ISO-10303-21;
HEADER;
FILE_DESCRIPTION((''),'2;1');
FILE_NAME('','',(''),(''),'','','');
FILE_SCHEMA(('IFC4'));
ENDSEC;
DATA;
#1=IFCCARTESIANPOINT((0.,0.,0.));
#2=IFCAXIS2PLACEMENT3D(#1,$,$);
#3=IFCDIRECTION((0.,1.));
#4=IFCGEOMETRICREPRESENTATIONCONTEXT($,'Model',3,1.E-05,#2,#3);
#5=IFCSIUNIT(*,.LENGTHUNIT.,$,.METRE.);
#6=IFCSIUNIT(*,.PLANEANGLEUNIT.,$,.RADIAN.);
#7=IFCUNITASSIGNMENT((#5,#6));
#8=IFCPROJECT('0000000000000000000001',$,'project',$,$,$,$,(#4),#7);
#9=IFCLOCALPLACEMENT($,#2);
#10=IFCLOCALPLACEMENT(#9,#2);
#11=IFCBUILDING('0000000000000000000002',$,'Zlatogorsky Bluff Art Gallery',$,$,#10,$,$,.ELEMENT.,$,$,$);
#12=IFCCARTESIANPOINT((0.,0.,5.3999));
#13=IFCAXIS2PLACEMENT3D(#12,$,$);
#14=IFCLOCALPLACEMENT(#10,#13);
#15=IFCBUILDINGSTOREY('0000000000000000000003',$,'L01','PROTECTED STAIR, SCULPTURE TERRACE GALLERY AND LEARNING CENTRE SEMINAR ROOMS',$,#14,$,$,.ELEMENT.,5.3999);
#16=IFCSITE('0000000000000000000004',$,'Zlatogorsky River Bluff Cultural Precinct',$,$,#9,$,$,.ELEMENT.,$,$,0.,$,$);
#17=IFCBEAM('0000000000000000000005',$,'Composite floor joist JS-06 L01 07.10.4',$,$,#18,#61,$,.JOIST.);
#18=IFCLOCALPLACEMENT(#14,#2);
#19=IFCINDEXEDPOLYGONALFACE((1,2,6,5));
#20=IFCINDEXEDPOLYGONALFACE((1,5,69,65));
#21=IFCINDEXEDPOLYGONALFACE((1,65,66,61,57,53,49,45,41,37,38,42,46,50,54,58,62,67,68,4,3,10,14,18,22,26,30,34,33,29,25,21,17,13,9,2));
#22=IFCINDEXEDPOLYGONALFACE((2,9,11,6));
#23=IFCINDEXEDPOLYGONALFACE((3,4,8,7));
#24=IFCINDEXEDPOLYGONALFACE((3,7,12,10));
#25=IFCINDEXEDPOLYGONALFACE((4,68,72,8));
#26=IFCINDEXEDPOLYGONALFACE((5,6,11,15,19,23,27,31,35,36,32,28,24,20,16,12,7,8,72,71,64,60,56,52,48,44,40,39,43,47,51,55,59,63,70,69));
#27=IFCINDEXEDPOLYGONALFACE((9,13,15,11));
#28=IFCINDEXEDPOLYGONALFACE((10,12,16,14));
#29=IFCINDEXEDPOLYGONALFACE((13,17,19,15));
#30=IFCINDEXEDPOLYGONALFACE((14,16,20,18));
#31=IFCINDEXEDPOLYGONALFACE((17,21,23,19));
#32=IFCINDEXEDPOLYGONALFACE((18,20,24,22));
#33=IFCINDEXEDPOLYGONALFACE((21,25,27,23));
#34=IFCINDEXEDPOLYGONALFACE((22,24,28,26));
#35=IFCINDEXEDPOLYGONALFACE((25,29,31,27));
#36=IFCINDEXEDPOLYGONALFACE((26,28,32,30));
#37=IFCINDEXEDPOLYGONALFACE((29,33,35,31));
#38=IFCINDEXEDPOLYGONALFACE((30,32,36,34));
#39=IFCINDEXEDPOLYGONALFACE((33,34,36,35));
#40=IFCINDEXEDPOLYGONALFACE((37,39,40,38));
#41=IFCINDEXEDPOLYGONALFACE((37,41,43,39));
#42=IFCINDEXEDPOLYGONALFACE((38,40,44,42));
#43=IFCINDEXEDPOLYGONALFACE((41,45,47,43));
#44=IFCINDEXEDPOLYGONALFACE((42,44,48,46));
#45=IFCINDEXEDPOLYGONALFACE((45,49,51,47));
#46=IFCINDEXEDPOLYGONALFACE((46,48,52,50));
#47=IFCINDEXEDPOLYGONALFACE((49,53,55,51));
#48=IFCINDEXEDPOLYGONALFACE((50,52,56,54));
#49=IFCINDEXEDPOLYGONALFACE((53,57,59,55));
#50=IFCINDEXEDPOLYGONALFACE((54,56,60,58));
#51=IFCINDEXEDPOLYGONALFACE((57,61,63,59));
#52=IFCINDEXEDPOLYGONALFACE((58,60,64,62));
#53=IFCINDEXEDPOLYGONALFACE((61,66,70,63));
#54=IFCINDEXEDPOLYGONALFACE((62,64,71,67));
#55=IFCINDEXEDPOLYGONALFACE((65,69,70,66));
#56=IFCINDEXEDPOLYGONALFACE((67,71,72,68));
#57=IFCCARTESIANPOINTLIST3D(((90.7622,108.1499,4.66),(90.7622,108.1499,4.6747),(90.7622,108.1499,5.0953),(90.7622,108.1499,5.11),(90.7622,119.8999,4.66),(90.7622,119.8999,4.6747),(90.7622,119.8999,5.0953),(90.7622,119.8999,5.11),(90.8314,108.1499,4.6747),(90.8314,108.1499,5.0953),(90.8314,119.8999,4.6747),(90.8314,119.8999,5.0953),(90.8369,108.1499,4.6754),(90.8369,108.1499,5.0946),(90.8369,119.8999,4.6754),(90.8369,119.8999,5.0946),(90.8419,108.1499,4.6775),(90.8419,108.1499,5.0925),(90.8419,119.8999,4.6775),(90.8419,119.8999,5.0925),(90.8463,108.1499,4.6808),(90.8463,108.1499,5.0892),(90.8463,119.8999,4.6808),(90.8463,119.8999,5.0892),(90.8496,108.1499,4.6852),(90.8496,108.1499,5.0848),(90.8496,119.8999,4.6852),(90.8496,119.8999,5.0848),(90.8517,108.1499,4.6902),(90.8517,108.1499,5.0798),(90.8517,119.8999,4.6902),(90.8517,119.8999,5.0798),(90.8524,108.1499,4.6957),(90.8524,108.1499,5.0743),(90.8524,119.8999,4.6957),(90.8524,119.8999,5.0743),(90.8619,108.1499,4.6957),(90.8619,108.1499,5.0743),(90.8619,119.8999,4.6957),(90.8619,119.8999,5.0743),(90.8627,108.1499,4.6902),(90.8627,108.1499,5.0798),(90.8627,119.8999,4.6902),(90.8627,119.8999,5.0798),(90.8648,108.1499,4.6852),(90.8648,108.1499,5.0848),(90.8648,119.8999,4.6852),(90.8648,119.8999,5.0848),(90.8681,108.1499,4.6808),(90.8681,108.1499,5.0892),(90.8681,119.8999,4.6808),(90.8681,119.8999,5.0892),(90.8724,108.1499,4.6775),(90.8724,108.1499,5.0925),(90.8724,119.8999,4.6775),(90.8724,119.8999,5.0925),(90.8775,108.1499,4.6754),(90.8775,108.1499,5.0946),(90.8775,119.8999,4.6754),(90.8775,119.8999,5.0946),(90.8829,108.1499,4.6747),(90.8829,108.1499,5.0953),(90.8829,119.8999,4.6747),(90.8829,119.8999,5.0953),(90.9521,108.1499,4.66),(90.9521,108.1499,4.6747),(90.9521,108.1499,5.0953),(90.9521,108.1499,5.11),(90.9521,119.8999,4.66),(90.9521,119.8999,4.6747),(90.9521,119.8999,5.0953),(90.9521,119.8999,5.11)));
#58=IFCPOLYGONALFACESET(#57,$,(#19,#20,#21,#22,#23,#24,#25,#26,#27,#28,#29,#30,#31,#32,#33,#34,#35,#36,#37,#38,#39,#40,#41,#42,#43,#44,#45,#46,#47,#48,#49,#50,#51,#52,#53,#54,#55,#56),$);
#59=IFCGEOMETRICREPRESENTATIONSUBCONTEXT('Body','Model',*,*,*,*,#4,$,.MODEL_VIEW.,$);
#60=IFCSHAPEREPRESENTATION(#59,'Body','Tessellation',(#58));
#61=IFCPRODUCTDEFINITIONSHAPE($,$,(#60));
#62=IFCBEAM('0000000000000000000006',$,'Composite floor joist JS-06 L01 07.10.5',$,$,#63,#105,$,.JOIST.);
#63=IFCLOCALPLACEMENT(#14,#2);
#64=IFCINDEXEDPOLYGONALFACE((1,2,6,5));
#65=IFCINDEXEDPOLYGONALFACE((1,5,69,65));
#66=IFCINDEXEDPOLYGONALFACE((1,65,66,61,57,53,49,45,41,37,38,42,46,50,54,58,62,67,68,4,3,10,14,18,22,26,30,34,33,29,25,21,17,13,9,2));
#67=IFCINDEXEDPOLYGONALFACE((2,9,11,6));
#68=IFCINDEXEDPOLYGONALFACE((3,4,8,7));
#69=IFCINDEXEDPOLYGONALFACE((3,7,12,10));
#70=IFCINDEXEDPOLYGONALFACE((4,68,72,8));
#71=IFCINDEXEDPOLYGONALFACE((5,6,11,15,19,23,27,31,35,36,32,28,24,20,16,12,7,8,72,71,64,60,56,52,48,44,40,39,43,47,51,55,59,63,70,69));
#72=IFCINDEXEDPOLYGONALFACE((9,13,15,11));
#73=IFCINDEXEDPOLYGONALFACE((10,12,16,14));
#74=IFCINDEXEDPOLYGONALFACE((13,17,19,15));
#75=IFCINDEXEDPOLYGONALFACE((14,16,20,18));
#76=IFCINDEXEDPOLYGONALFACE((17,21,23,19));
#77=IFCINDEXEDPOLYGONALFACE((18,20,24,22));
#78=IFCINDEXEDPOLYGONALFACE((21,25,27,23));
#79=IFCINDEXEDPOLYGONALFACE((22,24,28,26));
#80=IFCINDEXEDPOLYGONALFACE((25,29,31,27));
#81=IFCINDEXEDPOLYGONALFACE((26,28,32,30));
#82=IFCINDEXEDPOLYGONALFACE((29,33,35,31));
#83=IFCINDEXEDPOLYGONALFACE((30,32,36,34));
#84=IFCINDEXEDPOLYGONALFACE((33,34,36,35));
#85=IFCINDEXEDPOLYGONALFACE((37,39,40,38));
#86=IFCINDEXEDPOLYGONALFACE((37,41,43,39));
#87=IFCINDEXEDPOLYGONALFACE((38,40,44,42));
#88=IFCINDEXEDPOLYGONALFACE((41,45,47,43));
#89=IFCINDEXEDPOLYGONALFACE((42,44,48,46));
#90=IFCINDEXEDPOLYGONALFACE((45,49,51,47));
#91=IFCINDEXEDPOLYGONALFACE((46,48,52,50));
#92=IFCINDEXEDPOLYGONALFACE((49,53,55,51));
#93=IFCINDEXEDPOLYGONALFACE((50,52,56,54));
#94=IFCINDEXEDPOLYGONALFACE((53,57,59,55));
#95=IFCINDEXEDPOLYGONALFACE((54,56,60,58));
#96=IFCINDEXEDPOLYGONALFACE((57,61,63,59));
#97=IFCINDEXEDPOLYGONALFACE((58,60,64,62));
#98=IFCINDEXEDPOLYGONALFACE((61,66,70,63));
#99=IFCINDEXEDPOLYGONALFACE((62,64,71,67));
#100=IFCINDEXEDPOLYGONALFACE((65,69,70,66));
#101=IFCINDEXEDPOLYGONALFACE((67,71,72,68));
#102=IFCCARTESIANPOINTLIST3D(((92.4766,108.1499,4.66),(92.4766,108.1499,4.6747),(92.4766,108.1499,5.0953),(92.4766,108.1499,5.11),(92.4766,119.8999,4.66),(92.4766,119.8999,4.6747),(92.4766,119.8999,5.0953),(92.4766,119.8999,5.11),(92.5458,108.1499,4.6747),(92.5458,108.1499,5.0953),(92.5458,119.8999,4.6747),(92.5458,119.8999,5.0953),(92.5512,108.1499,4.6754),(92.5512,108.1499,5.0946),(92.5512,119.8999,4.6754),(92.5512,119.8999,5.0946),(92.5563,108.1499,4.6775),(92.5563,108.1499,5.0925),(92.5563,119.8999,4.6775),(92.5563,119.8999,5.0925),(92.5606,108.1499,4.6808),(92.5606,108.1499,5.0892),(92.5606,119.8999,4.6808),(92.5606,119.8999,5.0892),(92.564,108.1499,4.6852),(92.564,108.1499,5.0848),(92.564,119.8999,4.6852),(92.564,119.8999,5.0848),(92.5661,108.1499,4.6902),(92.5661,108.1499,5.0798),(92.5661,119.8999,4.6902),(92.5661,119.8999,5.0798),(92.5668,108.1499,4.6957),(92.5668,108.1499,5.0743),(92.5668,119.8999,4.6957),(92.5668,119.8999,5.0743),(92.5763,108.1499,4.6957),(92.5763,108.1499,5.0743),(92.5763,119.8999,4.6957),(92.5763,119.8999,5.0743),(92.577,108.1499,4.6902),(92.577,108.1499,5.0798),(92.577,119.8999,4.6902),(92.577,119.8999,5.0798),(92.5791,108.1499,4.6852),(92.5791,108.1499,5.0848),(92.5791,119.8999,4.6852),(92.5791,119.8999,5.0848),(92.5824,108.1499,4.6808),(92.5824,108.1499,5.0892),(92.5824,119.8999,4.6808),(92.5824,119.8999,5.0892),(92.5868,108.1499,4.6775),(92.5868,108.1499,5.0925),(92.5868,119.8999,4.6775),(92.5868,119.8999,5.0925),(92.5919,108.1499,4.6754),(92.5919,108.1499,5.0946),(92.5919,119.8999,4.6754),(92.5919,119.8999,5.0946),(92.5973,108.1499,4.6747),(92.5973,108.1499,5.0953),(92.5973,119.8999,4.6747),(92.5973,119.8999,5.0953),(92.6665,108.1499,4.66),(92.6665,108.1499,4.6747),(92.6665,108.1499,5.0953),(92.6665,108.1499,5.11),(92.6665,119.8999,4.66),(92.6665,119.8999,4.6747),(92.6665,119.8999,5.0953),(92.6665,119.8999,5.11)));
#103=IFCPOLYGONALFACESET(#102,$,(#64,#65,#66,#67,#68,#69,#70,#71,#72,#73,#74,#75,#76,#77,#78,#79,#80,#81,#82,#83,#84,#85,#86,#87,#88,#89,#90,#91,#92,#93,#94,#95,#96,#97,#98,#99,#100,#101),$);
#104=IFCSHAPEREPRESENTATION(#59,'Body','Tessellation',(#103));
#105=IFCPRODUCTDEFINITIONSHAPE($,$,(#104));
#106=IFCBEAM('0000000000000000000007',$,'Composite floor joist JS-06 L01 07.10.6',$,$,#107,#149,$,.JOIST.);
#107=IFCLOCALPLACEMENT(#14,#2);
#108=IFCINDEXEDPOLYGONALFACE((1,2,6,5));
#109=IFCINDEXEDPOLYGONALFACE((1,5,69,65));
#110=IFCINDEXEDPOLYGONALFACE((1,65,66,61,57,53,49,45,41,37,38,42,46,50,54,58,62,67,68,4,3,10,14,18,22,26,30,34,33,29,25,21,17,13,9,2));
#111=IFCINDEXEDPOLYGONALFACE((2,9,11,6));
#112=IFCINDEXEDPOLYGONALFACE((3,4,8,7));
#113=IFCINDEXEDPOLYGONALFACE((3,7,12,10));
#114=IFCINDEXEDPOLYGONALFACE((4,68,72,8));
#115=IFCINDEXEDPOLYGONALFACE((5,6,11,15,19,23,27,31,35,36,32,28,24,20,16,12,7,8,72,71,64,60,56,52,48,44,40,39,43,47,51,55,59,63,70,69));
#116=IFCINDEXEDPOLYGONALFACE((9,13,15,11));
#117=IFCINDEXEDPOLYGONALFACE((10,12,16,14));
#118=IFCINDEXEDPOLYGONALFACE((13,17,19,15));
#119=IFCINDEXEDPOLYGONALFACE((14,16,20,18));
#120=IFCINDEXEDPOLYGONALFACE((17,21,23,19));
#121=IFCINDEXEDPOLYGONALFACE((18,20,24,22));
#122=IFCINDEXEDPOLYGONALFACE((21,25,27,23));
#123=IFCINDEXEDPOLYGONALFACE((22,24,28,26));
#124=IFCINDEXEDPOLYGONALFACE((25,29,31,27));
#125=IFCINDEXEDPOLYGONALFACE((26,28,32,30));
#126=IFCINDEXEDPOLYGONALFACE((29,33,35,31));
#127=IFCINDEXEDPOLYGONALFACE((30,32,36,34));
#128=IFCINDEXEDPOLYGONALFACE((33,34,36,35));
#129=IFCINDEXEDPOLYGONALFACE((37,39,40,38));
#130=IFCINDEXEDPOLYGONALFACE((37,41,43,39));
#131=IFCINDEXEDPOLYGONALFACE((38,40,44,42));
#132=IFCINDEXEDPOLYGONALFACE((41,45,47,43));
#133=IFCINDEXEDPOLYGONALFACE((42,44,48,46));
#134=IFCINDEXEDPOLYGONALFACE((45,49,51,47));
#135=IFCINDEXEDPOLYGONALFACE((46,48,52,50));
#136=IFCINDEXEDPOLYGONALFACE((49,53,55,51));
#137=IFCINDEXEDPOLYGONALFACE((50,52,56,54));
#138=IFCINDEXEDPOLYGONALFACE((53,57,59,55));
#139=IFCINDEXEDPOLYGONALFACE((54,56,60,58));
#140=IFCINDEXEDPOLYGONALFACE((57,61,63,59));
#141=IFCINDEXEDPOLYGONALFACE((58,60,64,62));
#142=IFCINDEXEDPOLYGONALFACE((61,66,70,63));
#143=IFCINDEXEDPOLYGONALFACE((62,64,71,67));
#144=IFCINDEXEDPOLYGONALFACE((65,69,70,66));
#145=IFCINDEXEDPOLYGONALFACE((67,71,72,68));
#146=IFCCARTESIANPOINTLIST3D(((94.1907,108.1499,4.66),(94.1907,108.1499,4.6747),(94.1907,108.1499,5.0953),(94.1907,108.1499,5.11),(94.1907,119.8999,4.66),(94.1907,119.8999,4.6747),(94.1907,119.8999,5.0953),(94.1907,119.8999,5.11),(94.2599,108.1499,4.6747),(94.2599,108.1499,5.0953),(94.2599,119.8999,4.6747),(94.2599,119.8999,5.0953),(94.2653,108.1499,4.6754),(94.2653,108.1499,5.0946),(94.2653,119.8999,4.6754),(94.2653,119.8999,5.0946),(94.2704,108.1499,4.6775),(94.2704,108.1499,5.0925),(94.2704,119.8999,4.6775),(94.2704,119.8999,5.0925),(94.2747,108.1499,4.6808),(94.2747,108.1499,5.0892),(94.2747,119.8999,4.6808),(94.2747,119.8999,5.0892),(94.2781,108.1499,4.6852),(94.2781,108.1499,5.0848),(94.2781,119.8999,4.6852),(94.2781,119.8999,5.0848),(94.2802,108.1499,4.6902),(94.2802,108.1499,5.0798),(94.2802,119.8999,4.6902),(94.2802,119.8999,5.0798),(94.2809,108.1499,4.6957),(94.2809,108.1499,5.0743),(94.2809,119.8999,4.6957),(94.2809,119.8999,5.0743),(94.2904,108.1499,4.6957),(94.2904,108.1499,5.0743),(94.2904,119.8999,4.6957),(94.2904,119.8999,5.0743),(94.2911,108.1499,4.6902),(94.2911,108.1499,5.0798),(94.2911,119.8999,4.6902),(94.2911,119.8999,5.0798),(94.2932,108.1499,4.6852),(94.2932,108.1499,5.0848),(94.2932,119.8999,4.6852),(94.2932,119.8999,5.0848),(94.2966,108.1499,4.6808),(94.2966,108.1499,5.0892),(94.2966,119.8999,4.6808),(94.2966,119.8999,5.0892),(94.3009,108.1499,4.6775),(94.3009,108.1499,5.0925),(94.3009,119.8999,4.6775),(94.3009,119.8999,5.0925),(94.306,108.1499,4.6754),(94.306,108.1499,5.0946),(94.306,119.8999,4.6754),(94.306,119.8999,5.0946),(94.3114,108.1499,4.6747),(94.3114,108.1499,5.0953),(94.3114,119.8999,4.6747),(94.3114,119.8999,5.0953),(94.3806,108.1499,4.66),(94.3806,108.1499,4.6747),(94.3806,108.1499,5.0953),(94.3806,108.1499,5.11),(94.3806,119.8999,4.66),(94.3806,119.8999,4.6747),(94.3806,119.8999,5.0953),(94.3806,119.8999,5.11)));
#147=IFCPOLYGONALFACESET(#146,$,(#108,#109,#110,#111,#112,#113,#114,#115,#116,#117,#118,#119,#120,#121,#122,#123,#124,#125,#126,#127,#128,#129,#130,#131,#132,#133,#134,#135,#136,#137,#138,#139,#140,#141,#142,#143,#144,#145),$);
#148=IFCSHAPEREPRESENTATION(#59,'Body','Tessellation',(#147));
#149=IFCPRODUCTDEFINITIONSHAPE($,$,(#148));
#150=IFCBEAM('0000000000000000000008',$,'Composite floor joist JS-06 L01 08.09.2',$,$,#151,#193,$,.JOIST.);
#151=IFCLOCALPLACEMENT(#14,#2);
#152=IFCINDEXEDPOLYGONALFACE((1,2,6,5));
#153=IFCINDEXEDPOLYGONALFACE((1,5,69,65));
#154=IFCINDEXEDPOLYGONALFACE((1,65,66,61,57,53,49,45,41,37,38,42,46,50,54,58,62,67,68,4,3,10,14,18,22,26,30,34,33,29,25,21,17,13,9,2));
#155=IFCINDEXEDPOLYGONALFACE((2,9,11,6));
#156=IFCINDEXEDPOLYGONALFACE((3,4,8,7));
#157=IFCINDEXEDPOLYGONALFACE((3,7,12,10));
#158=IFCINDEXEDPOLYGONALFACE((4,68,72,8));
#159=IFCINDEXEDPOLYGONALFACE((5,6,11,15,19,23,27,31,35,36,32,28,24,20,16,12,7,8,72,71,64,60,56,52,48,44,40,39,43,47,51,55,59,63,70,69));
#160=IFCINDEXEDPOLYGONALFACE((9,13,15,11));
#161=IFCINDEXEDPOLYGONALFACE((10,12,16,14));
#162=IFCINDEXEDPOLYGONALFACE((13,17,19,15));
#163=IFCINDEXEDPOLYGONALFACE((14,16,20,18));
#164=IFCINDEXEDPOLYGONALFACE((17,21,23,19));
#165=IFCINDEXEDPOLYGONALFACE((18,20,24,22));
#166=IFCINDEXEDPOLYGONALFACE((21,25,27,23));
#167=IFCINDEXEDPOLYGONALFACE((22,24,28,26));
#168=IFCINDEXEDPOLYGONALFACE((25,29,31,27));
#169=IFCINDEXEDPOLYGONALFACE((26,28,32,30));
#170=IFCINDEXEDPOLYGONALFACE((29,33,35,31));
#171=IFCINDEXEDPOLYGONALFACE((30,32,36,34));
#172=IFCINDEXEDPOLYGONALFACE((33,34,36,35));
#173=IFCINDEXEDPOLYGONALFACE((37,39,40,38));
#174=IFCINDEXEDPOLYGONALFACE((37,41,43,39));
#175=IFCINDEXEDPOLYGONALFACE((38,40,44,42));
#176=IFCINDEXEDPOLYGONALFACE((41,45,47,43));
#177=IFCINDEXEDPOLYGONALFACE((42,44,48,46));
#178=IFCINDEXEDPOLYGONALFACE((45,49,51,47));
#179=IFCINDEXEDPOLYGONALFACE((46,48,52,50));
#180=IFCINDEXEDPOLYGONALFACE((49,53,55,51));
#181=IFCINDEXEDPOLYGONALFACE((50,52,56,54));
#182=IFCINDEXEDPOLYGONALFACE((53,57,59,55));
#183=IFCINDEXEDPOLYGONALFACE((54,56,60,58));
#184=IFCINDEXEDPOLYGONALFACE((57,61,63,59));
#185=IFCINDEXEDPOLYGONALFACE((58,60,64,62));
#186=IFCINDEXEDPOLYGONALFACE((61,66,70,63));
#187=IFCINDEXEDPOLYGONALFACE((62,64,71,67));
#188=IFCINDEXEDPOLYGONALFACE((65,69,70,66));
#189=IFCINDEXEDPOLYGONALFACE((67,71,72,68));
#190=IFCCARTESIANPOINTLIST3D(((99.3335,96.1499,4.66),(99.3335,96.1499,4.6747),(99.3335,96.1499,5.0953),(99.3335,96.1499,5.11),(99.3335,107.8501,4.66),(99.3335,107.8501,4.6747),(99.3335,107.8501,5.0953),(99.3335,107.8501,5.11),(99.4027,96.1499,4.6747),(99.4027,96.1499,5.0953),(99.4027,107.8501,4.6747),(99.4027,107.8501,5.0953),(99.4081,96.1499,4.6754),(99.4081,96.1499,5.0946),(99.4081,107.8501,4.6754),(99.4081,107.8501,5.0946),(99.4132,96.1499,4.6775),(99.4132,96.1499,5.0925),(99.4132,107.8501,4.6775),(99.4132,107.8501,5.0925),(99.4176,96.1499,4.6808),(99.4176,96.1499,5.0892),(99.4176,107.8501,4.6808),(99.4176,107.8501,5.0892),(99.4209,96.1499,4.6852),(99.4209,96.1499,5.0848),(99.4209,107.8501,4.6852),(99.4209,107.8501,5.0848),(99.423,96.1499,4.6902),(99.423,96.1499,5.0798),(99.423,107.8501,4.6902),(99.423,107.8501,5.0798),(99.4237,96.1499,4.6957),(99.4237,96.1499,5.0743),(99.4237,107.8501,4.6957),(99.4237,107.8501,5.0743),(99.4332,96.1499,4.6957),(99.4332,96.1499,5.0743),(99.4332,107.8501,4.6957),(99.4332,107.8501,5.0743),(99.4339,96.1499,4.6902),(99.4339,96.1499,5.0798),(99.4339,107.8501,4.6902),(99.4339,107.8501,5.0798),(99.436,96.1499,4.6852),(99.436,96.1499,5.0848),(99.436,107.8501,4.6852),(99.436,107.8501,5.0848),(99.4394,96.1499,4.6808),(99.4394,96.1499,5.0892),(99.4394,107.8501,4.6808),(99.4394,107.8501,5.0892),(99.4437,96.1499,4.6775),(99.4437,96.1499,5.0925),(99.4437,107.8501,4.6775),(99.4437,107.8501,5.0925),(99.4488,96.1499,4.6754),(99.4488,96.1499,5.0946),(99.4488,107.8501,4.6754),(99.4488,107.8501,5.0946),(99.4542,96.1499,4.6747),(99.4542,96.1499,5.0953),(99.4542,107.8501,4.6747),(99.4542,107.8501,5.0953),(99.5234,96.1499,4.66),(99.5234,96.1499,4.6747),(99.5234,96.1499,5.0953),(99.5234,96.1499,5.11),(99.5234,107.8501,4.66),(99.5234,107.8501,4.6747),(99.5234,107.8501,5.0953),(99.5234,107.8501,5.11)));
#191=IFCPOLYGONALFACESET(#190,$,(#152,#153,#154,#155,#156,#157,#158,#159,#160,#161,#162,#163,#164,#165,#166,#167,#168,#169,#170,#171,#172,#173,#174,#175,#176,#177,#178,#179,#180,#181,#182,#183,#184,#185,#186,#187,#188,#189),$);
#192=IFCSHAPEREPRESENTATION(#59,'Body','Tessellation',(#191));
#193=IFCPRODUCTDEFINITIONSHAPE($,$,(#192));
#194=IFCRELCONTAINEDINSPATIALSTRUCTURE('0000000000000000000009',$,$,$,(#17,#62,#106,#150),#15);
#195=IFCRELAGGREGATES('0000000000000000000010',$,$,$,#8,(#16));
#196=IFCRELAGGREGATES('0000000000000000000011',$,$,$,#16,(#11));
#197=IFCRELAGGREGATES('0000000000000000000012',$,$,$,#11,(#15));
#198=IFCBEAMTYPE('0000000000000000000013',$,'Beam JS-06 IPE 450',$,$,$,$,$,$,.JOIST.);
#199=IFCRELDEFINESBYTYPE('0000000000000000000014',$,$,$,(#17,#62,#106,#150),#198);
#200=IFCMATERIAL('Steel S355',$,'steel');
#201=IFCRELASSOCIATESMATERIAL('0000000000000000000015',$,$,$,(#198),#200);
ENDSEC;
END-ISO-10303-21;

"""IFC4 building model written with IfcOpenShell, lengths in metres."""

from ifc_helpers import new_model, si_unit, direction, frame, origin, origin_2d, place, context, subcontext, project, spatial, i_section, extrude, material, material_profile, profile_set, type_object, element, save


model = new_model("IFC4")

# Units and contexts
model_context = context("Model", 3, precision=1e-05, world=origin(), true_north=direction((0.0, 1.0)))
body_context = subcontext(model_context, "Body", "Model", "MODEL_VIEW")
ifc_project = project(units=[si_unit("LENGTHUNIT", "METRE"), si_unit("PLANEANGLEUNIT", "RADIAN")], contexts=[model_context])

# Site, building, storey
site_placement = place(None, origin())
site = spatial("IfcSite", under=ifc_project, at=site_placement, Name="Zlatogorsky River Bluff Cultural Precinct", CompositionType="ELEMENT", RefElevation=0.0)
building_placement = place(site_placement, origin())
building = spatial("IfcBuilding", under=site, at=building_placement, Name="Zlatogorsky Bluff Art Gallery", CompositionType="ELEMENT")
storey_placement = place(building_placement, frame((0.0, 0.0, 5.3999)))
storey = spatial("IfcBuildingStorey", under=building, at=storey_placement, Name="L01", Description="PROTECTED STAIR, SCULPTURE TERRACE GALLERY AND LEARNING CENTRE SEMINAR ROOMS", CompositionType="ELEMENT", Elevation=5.3999)

# Shared definitions
ifc_material_1 = material(Name="Steel S355", Category="steel")

# Beams
ifc_material_profile_1 = material_profile(ifc_material_1, i_section(OverallWidth=0.1899, OverallDepth=0.45, WebThickness=0.0095, FlangeThickness=0.0146, FilletRadius=0.021, at=origin_2d()), Name="IPE 450")
ifc_profile_set_1 = profile_set([ifc_material_profile_1], Name="Steel S355")
beam_type_1 = type_object("IfcBeamType", Name="Beam JS-06 IPE 450", PredefinedType="JOIST", material=ifc_profile_set_1)
for number, where, z_axis, x_axis, name in (
    (1, (90.8572, 108.1499, 4.885), (0.0, 1.0, 0.0), (-1.0, 0.0, 0.0), "Composite floor joist JS-06 L01 07.10.4"),
    (2, (92.5715, 108.1499, 4.885), (0.0, 1.0, 0.0), (-1.0, 0.0, 0.0), "Composite floor joist JS-06 L01 07.10.5"),
    (3, (94.2856, 108.1499, 4.885), (0.0, 1.0, 0.0), (-1.0, 0.0, 0.0), "Composite floor joist JS-06 L01 07.10.6"),
):
    element("IfcBeam", number, at=place(storey_placement, frame(where, z_axis=z_axis, x_axis=x_axis)), inside=storey, type_object=beam_type_1, Name=name, PredefinedType="JOIST", context=body_context, shape_type="SweptSolid", body=[
        extrude(i_section(OverallWidth=0.1899, OverallDepth=0.45, WebThickness=0.0095, FlangeThickness=0.0146, FilletRadius=0.021, at=origin_2d()), origin(), (0.0, 0.0, 1.0), 11.75),
    ])
for number, where, z_axis, x_axis, name in (
    (4, (99.4285, 96.1499, 4.885), (0.0, 1.0, 0.0), (-1.0, 0.0, 0.0), "Composite floor joist JS-06 L01 08.09.2"),
):
    element("IfcBeam", number, at=place(storey_placement, frame(where, z_axis=z_axis, x_axis=x_axis)), inside=storey, type_object=beam_type_1, Name=name, PredefinedType="JOIST", context=body_context, shape_type="SweptSolid", body=[
        extrude(i_section(OverallWidth=0.1899, OverallDepth=0.45, WebThickness=0.0095, FlangeThickness=0.0146, FilletRadius=0.021, at=origin_2d()), origin(), (0.0, 0.0, 1.0), 11.7002),
    ])

save(model, "model.ifc")
